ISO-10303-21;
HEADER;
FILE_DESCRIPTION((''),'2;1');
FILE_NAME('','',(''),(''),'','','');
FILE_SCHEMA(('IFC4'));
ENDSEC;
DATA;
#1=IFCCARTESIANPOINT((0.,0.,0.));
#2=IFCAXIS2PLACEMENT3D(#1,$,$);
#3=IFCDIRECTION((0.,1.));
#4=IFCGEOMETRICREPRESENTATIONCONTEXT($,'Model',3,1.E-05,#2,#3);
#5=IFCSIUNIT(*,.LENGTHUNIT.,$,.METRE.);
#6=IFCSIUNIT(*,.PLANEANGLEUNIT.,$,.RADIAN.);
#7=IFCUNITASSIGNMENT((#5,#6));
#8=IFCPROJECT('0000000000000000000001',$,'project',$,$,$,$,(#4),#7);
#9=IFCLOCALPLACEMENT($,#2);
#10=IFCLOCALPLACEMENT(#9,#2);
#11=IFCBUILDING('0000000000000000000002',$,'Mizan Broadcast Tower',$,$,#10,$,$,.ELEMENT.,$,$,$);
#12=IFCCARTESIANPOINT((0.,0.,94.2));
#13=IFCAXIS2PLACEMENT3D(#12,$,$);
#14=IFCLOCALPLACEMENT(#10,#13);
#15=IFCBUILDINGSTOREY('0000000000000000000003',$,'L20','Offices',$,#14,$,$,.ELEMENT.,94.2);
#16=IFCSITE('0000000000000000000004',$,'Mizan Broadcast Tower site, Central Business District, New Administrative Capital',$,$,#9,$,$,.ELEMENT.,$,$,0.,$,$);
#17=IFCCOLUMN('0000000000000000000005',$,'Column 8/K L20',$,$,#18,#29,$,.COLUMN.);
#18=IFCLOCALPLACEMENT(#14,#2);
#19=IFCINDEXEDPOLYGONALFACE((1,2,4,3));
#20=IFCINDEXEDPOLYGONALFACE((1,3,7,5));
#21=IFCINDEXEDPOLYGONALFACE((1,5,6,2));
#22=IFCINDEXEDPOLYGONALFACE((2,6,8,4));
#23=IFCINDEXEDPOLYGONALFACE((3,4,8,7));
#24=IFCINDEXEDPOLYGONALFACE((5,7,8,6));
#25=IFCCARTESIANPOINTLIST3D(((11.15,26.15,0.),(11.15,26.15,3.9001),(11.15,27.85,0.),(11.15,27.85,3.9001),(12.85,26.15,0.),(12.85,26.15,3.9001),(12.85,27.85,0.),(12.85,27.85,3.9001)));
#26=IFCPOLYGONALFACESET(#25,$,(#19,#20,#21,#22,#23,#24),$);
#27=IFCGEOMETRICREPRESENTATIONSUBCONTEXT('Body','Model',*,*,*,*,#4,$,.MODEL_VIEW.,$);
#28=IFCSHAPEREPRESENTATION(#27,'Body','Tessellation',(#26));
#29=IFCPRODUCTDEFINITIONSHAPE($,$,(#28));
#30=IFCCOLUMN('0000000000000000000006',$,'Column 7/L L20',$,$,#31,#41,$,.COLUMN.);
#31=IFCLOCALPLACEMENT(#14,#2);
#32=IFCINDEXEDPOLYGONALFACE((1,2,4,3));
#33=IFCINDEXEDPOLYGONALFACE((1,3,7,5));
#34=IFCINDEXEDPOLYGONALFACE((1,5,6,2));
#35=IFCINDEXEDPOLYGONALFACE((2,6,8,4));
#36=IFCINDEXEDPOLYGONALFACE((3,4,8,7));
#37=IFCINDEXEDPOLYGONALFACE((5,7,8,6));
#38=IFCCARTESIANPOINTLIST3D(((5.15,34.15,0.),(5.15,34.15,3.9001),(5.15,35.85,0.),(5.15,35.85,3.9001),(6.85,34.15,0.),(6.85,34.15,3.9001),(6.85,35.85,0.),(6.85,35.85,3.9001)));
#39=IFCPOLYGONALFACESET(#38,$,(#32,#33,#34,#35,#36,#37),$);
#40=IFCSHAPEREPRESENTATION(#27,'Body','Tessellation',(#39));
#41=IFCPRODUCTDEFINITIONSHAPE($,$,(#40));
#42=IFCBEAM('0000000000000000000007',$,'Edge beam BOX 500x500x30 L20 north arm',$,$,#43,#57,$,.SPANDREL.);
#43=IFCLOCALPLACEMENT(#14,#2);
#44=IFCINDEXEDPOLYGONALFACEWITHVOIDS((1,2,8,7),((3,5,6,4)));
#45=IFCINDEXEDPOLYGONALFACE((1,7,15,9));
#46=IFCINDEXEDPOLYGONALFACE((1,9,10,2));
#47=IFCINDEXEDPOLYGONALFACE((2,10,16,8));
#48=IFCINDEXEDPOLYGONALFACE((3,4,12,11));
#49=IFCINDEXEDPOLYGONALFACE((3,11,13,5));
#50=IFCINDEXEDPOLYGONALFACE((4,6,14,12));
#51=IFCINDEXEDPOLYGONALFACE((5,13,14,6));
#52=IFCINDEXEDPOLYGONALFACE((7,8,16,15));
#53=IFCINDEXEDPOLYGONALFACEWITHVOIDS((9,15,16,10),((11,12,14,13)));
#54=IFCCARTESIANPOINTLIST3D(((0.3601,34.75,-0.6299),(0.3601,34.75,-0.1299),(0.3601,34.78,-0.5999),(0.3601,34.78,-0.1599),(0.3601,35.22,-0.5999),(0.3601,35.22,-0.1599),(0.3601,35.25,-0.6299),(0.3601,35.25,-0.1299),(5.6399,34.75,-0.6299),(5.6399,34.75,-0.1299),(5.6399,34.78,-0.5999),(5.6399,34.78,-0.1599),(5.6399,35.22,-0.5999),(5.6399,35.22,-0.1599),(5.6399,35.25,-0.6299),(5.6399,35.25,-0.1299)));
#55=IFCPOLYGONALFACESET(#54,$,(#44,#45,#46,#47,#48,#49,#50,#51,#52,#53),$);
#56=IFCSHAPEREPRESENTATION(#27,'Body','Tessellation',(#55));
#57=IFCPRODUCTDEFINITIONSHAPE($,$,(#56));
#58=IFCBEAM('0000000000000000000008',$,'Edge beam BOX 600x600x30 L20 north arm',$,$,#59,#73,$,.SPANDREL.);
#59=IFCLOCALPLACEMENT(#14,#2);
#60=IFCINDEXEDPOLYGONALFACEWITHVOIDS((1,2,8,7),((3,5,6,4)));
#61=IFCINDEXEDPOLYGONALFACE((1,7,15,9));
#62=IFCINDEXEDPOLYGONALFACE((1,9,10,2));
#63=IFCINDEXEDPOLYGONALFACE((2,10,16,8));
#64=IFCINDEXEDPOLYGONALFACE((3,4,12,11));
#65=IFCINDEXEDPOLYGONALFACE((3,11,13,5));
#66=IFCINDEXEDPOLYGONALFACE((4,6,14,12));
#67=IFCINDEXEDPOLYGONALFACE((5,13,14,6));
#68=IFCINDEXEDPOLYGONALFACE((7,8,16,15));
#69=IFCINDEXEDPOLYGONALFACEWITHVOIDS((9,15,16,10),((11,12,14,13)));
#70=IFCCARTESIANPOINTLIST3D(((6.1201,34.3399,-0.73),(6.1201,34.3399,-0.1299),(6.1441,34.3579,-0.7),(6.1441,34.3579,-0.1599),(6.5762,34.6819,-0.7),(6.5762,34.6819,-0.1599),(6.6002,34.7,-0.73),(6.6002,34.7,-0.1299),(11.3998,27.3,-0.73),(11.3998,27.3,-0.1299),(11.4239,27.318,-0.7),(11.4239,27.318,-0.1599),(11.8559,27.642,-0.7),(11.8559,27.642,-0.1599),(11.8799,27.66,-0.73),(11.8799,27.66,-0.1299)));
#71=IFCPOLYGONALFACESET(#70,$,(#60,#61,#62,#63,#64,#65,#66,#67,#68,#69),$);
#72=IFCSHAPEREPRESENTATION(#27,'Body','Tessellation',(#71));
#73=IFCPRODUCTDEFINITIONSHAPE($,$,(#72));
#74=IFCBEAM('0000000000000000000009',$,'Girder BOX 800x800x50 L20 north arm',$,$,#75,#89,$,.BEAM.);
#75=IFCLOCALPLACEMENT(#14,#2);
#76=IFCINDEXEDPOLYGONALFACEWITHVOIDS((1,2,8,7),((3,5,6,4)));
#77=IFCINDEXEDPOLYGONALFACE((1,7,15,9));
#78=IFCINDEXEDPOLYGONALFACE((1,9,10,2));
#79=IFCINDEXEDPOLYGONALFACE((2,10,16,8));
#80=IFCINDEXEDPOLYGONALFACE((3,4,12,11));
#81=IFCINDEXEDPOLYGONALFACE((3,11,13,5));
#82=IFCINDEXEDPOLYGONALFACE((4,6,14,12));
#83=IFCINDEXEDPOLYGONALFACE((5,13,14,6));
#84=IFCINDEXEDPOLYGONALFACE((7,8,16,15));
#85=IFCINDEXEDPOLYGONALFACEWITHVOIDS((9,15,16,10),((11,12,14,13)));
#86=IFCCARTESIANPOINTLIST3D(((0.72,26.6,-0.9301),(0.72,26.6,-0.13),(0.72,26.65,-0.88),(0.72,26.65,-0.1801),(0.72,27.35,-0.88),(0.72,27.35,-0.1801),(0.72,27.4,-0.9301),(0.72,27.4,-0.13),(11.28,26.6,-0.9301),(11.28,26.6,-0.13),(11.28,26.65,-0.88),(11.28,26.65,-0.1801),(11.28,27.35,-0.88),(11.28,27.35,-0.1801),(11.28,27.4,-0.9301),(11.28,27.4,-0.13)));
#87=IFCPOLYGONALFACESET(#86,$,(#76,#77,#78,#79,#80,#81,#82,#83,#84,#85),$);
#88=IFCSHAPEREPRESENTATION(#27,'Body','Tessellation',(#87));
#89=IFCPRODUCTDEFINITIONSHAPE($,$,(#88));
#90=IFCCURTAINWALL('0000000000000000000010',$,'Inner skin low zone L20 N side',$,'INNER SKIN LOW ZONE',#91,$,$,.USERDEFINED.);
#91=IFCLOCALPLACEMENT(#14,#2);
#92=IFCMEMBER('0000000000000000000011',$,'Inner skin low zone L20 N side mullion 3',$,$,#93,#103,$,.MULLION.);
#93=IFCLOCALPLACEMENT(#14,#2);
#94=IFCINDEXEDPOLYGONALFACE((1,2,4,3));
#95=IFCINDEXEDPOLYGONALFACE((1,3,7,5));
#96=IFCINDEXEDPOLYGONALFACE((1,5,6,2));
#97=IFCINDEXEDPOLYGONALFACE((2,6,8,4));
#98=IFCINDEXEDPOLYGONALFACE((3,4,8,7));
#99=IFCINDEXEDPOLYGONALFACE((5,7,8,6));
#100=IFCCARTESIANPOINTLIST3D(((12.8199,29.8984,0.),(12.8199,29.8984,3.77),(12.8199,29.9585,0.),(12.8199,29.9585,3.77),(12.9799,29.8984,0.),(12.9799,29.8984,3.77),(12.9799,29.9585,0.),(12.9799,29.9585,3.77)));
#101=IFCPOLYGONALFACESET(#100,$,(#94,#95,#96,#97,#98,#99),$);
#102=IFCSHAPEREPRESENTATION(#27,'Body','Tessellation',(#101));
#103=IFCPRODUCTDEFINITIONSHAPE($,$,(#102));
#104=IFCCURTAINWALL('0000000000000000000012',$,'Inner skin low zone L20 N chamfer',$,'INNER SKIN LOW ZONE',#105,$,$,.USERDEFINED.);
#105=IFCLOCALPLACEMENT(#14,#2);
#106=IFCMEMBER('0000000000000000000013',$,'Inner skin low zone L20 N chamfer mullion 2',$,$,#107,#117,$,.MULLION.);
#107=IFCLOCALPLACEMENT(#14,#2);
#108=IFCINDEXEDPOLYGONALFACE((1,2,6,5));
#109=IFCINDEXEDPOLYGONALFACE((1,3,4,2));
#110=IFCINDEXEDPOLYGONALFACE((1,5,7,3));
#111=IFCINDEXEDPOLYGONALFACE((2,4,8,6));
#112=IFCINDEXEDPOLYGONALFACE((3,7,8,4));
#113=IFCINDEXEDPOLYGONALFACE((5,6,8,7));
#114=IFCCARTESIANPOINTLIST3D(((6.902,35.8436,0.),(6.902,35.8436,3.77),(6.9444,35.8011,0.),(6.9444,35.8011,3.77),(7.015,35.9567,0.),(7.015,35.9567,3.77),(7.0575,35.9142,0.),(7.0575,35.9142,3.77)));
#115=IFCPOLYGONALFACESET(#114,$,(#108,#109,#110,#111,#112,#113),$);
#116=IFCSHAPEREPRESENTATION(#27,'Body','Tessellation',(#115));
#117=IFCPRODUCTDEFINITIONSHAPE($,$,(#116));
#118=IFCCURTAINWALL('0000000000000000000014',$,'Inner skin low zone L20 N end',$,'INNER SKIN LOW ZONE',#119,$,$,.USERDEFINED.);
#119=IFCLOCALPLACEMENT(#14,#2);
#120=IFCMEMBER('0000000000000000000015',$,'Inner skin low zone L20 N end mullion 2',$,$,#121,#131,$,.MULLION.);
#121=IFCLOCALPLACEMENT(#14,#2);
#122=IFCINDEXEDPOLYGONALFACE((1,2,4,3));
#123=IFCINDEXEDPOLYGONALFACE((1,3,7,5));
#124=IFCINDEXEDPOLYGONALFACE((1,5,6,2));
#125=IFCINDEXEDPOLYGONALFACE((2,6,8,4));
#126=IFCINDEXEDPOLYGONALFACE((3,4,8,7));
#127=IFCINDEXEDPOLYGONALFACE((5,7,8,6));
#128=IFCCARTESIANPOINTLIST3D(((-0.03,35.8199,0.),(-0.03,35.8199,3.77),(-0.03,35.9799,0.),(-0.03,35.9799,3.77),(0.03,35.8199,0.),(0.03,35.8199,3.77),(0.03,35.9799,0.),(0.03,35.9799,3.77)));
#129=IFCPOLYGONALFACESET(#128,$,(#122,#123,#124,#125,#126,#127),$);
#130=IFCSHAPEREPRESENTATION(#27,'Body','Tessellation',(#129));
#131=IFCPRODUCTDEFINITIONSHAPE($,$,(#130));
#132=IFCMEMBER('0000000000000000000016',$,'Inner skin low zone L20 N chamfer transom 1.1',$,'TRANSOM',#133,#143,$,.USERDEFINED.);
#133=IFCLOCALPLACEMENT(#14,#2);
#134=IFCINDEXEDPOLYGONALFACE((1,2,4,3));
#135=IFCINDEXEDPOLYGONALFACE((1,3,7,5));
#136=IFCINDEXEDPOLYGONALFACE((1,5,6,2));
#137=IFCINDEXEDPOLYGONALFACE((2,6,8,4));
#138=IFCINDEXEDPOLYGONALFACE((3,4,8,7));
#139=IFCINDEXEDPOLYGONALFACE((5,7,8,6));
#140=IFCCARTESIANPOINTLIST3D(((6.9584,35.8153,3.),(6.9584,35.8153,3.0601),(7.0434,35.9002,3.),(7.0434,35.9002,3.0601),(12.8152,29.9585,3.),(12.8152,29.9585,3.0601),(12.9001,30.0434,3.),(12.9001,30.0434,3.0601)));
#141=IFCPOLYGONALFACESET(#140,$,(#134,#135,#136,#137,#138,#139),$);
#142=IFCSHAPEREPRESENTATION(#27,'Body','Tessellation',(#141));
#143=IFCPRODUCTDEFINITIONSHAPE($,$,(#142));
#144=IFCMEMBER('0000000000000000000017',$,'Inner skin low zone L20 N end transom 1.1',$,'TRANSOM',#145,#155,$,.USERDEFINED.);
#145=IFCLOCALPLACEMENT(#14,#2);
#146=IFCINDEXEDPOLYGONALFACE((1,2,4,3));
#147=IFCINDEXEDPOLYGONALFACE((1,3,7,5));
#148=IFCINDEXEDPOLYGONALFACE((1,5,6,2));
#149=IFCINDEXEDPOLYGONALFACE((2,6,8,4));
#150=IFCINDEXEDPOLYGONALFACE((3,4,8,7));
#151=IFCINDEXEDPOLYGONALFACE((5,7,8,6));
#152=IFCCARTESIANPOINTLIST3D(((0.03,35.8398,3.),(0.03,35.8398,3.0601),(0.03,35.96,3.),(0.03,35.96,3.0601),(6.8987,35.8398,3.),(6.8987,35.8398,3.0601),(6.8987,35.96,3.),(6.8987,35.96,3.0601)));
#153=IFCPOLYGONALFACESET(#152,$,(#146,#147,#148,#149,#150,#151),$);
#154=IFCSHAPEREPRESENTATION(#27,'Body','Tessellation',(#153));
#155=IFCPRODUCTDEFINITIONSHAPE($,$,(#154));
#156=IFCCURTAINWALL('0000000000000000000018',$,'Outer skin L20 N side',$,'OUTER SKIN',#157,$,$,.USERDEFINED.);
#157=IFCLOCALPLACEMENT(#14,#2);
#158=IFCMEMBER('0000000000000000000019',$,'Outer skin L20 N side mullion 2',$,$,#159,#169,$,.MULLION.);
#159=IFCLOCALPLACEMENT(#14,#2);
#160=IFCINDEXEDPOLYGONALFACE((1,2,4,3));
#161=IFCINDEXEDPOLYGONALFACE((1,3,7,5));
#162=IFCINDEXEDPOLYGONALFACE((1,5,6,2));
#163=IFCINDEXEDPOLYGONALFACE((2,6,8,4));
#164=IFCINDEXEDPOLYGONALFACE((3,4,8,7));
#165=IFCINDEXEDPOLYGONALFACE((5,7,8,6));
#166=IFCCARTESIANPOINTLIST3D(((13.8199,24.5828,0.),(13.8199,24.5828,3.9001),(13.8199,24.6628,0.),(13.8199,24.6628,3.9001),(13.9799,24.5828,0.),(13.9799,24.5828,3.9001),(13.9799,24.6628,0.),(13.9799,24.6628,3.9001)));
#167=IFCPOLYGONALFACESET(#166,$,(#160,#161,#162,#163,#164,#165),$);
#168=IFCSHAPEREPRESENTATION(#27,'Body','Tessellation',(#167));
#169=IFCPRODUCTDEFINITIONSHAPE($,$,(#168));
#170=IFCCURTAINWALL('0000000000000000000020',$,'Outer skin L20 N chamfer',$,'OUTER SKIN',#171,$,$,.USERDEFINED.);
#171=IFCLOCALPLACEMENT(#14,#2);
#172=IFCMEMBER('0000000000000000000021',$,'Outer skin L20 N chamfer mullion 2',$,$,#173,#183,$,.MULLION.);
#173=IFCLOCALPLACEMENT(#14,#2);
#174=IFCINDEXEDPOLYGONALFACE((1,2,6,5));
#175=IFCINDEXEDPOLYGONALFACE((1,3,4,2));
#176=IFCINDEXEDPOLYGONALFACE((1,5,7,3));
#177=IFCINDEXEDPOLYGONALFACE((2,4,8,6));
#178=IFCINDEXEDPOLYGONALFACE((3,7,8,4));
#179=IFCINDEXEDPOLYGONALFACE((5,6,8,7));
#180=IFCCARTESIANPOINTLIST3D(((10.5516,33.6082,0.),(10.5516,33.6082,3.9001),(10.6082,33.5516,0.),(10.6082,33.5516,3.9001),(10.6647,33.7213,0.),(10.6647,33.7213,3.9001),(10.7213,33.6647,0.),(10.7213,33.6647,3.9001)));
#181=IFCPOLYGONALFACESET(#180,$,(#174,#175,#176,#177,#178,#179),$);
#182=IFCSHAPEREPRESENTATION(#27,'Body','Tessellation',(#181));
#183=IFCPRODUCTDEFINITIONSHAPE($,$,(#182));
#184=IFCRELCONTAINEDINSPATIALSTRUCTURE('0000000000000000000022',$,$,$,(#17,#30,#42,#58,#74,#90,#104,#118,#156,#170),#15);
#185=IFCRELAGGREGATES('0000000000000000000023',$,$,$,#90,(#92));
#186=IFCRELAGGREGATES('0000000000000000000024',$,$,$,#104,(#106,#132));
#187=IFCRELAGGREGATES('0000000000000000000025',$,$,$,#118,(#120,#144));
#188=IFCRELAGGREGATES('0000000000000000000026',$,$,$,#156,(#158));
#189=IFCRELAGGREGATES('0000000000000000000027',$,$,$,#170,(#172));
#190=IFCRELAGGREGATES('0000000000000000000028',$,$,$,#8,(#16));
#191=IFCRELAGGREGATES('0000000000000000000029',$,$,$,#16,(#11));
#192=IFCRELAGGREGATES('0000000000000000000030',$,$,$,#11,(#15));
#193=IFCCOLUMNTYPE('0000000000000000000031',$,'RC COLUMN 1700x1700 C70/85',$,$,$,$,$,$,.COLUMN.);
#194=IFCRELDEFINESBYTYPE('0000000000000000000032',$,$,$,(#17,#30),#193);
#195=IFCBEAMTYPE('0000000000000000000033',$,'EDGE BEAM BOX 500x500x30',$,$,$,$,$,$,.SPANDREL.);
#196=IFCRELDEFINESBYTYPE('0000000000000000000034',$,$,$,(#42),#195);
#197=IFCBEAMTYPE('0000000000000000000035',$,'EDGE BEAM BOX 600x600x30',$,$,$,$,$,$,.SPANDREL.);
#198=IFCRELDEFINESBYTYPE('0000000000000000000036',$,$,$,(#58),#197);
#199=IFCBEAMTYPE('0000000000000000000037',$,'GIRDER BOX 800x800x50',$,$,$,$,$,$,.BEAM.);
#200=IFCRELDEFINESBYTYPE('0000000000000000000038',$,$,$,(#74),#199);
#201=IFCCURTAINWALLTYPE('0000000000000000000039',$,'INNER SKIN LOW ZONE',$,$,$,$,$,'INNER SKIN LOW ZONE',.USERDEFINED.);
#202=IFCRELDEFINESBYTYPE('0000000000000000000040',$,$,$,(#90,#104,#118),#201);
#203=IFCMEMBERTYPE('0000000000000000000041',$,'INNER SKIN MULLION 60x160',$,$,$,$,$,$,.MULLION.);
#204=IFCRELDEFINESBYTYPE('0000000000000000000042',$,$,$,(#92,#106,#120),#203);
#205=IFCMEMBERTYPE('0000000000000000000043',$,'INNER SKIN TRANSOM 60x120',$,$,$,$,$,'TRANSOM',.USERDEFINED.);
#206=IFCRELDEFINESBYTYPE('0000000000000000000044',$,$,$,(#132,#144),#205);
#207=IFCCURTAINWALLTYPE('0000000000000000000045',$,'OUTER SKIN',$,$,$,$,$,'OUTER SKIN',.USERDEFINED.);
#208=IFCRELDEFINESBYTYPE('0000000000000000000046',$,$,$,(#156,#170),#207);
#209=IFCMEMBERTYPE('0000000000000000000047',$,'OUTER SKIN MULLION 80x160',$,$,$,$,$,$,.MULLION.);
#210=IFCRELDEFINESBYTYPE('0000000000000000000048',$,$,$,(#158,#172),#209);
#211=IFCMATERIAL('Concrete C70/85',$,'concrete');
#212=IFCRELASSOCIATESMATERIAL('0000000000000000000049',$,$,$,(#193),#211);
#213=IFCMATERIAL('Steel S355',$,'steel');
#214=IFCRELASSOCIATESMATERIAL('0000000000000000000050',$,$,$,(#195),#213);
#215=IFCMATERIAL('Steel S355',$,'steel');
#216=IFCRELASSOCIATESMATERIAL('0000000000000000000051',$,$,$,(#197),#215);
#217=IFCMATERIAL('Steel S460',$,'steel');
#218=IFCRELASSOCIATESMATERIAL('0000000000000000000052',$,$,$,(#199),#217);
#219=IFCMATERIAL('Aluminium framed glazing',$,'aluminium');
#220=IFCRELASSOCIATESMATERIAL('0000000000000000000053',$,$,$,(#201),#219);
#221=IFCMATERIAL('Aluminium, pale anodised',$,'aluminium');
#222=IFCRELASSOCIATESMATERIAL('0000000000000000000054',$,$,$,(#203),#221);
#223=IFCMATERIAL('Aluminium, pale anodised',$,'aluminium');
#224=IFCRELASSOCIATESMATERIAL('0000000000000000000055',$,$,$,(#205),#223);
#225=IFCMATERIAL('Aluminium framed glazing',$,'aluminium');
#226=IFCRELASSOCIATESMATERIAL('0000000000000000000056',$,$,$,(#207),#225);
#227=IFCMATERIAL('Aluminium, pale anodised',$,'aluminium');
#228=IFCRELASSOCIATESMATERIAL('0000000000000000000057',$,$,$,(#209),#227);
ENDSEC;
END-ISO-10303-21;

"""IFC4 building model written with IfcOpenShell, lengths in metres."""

from ifc_helpers import new_model, si_unit, direction, frame, origin, origin_2d, place, context, subcontext, project, spatial, rectangle, hollow_rectangle, extrude, material, material_profile, profile_set, type_object, element, aggregate, save


model = new_model("IFC4")

# Units and contexts
model_context = context("Model", 3, precision=1e-05, world=origin(), true_north=direction((0.0, 1.0)))
body_context = subcontext(model_context, "Body", "Model", "MODEL_VIEW")
ifc_project = project(units=[si_unit("LENGTHUNIT", "METRE"), si_unit("PLANEANGLEUNIT", "RADIAN")], contexts=[model_context])

# Site, building, storey
site_placement = place(None, origin())
site = spatial("IfcSite", under=ifc_project, at=site_placement, Name="Mizan Broadcast Tower site, Central Business District, New Administrative Capital", CompositionType="ELEMENT", RefElevation=0.0)
building_placement = place(site_placement, origin())
building = spatial("IfcBuilding", under=site, at=building_placement, Name="Mizan Broadcast Tower", CompositionType="ELEMENT")
storey_placement = place(building_placement, frame((0.0, 0.0, 94.2)))
storey = spatial("IfcBuildingStorey", under=building, at=storey_placement, Name="L20", Description="Offices", CompositionType="ELEMENT", Elevation=94.2)

# Columns
ifc_material_1 = material(Name="Concrete C70/85", Category="concrete")
ifc_material_profile_1 = material_profile(ifc_material_1, rectangle(XDim=1.7, YDim=1.7, at=origin_2d()), Name="RC 1700x1700")
ifc_profile_set_1 = profile_set([ifc_material_profile_1], Name="Concrete C70/85")
column_type = type_object("IfcColumnType", Name="RC COLUMN 1700x1700 C70/85", PredefinedType="COLUMN", material=ifc_profile_set_1)
for number, where, z_axis, x_axis, name in (
    (1, (12.0, 27.0, 0.0), (0.0, 0.0, 1.0), (1.0, 0.0, 0.0), "Column 8/K L20"),
    (2, (6.0, 35.0, 0.0), (0.0, 0.0, 1.0), (1.0, 0.0, 0.0), "Column 7/L L20"),
):
    element("IfcColumn", number, at=place(storey_placement, frame(where, z_axis=z_axis, x_axis=x_axis)), inside=storey, type_object=column_type, Name=name, PredefinedType="COLUMN", context=body_context, shape_type="SweptSolid", body=[
        extrude(rectangle(XDim=1.7, YDim=1.7, at=origin_2d()), origin(), (0.0, 0.0, 1.0), 3.9001),
    ])

# Beams
ifc_material_2 = material(Name="Steel S355", Category="steel")
ifc_material_profile_2 = material_profile(ifc_material_2, hollow_rectangle(XDim=0.5, YDim=0.5, WallThickness=0.03, at=origin_2d()), Name="BOX 500x500x30")
ifc_profile_set_2 = profile_set([ifc_material_profile_2], Name="Steel S355")
beam_type_1 = type_object("IfcBeamType", Name="EDGE BEAM BOX 500x500x30", PredefinedType="SPANDREL", material=ifc_profile_set_2)
beam_1_placement = place(storey_placement, frame((5.6399, 35.0, -0.3799), z_axis=(-1.0, 0.0, 0.0), x_axis=(0.0, -1.0, 0.0)))
element("IfcBeam", 3, at=beam_1_placement, inside=storey, type_object=beam_type_1, Name="Edge beam BOX 500x500x30 L20 north arm", PredefinedType="SPANDREL", context=body_context, shape_type="SweptSolid", body=[
    extrude(hollow_rectangle(XDim=0.5, YDim=0.5, WallThickness=0.03, at=origin_2d()), origin(), (0.0, 0.0, 1.0), 5.2798),
])
ifc_material_3 = material(Name="Steel S355", Category="steel")
ifc_material_profile_3 = material_profile(ifc_material_3, hollow_rectangle(XDim=0.6001, YDim=0.6001, WallThickness=0.03, at=origin_2d()), Name="BOX 600x600x30")
ifc_profile_set_3 = profile_set([ifc_material_profile_3], Name="Steel S355")
beam_type_2 = type_object("IfcBeamType", Name="EDGE BEAM BOX 600x600x30", PredefinedType="SPANDREL", material=ifc_profile_set_3)
beam_2_placement = place(storey_placement, frame((11.6399, 27.48, -0.4299), z_axis=(-0.599982, 0.800013, 0.0), x_axis=(-0.800013, -0.599982, 0.0)))
element("IfcBeam", 4, at=beam_2_placement, inside=storey, type_object=beam_type_2, Name="Edge beam BOX 600x600x30 L20 north arm", PredefinedType="SPANDREL", context=body_context, shape_type="SweptSolid", body=[
    extrude(hollow_rectangle(XDim=0.6001, YDim=0.6001, WallThickness=0.03, at=origin_2d()), origin(), (0.0, 0.0, 1.0), 8.7998),
])
ifc_material_4 = material(Name="Steel S460", Category="steel")
ifc_material_profile_4 = material_profile(ifc_material_4, hollow_rectangle(XDim=0.8, YDim=0.8, WallThickness=0.05, at=origin_2d()), Name="BOX 800x800x50")
ifc_profile_set_4 = profile_set([ifc_material_profile_4], Name="Steel S460")
beam_type_3 = type_object("IfcBeamType", Name="GIRDER BOX 800x800x50", PredefinedType="BEAM", material=ifc_profile_set_4)
beam_3_placement = place(storey_placement, frame((11.28, 27.0, -0.53), z_axis=(-1.0, 0.0, 0.0), x_axis=(0.0, -1.0, 0.0)))
element("IfcBeam", 5, at=beam_3_placement, inside=storey, type_object=beam_type_3, Name="Girder BOX 800x800x50 L20 north arm", PredefinedType="BEAM", context=body_context, shape_type="SweptSolid", body=[
    extrude(hollow_rectangle(XDim=0.8, YDim=0.8, WallThickness=0.05, at=origin_2d()), origin(), (0.0, 0.0, 1.0), 10.5601),
])

# Curtain walls, members
ifc_material_5 = material(Name="Aluminium framed glazing", Category="aluminium")
curtain_wall_type_1 = type_object("IfcCurtainWallType", Name="INNER SKIN LOW ZONE", ElementType="INNER SKIN LOW ZONE", PredefinedType="USERDEFINED", material=ifc_material_5)
curtain_wall_1_placement = place(storey_placement, origin())
curtain_wall_1 = element("IfcCurtainWall", 6, at=curtain_wall_1_placement, inside=storey, type_object=curtain_wall_type_1, Name="Inner skin low zone L20 N side", ObjectType="INNER SKIN LOW ZONE", PredefinedType="USERDEFINED")
ifc_material_6 = material(Name="Aluminium, pale anodised", Category="aluminium")
ifc_material_profile_5 = material_profile(ifc_material_6, rectangle(XDim=0.1599, YDim=0.0601, at=origin_2d()), Name="MULLION 160x60")
ifc_profile_set_5 = profile_set([ifc_material_profile_5], Name="Aluminium, pale anodised")
member_type_1 = type_object("IfcMemberType", Name="INNER SKIN MULLION 60x160", PredefinedType="MULLION", material=ifc_profile_set_5)
member_1_placement = place(storey_placement, frame((12.8999, 29.9285, 0.0), z_axis=(0.0, 0.0, 1.0), x_axis=(-1.0, 0.0, 0.0)))
member_1 = element("IfcMember", 7, at=member_1_placement, type_object=member_type_1, Name="Inner skin low zone L20 N side mullion 3", PredefinedType="MULLION", context=body_context, shape_type="SweptSolid", body=[
    extrude(rectangle(XDim=0.1599, YDim=0.0601, at=origin_2d()), origin(), (0.0, 0.0, 1.0), 3.77),
])
curtain_wall_2_placement = place(storey_placement, origin())
curtain_wall_2 = element("IfcCurtainWall", 8, at=curtain_wall_2_placement, inside=storey, type_object=curtain_wall_type_1, Name="Inner skin low zone L20 N chamfer", ObjectType="INNER SKIN LOW ZONE", PredefinedType="USERDEFINED")
member_2_placement = place(storey_placement, frame((6.9797, 35.8789, 0.0), z_axis=(0.0, 0.0, 1.0), x_axis=(-0.707107, -0.707107, 0.0)))
member_2 = element("IfcMember", 9, at=member_2_placement, type_object=member_type_1, Name="Inner skin low zone L20 N chamfer mullion 2", PredefinedType="MULLION", context=body_context, shape_type="SweptSolid", body=[
    extrude(rectangle(XDim=0.1599, YDim=0.0601, at=origin_2d()), origin(), (0.0, 0.0, 1.0), 3.77),
])
curtain_wall_3_placement = place(storey_placement, origin())
curtain_wall_3 = element("IfcCurtainWall", 10, at=curtain_wall_3_placement, inside=storey, type_object=curtain_wall_type_1, Name="Inner skin low zone L20 N end", ObjectType="INNER SKIN LOW ZONE", PredefinedType="USERDEFINED")
member_3_placement = place(storey_placement, frame((0.0, 35.8999, 0.0), z_axis=(0.0, 0.0, 1.0), x_axis=(0.0, -1.0, 0.0)))
member_3 = element("IfcMember", 11, at=member_3_placement, type_object=member_type_1, Name="Inner skin low zone L20 N end mullion 2", PredefinedType="MULLION", context=body_context, shape_type="SweptSolid", body=[
    extrude(rectangle(XDim=0.1599, YDim=0.0601, at=origin_2d()), origin(), (0.0, 0.0, 1.0), 3.77),
])

# Members
ifc_material_7 = material(Name="Aluminium, pale anodised", Category="aluminium")
ifc_material_profile_6 = material_profile(ifc_material_7, rectangle(XDim=0.1201, YDim=0.0601, at=origin_2d()), Name="TRANSOM 120x60")
ifc_profile_set_6 = profile_set([ifc_material_profile_6], Name="Aluminium, pale anodised")
member_type_2 = type_object("IfcMemberType", Name="INNER SKIN TRANSOM 60x120", ElementType="TRANSOM", PredefinedType="USERDEFINED", material=ifc_profile_set_6)
member_4_placement = place(storey_placement, frame((12.8577, 30.001, 3.03), z_axis=(-0.707107, 0.707107, 0.0), x_axis=(-0.707107, -0.707107, 0.0)))
member_4 = element("IfcMember", 12, at=member_4_placement, type_object=member_type_2, Name="Inner skin low zone L20 N chamfer transom 1.1", ObjectType="TRANSOM", PredefinedType="USERDEFINED", context=body_context, shape_type="SweptSolid", body=[
    extrude(rectangle(XDim=0.1201, YDim=0.0601, at=origin_2d()), origin(), (0.0, 0.0, 1.0), 8.2827),
])
member_5_placement = place(storey_placement, frame((6.8987, 35.8999, 3.03), z_axis=(-1.0, 0.0, 0.0), x_axis=(0.0, -1.0, 0.0)))
member_5 = element("IfcMember", 13, at=member_5_placement, type_object=member_type_2, Name="Inner skin low zone L20 N end transom 1.1", ObjectType="TRANSOM", PredefinedType="USERDEFINED", context=body_context, shape_type="SweptSolid", body=[
    extrude(rectangle(XDim=0.1201, YDim=0.0601, at=origin_2d()), origin(), (0.0, 0.0, 1.0), 6.8687),
])

# Curtain wall, member
ifc_material_8 = material(Name="Aluminium framed glazing", Category="aluminium")
curtain_wall_type_2 = type_object("IfcCurtainWallType", Name="OUTER SKIN", ElementType="OUTER SKIN", PredefinedType="USERDEFINED", material=ifc_material_8)
curtain_wall_4_placement = place(storey_placement, origin())
curtain_wall_4 = element("IfcCurtainWall", 14, at=curtain_wall_4_placement, inside=storey, type_object=curtain_wall_type_2, Name="Outer skin L20 N side", ObjectType="OUTER SKIN", PredefinedType="USERDEFINED")
ifc_material_9 = material(Name="Aluminium, pale anodised", Category="aluminium")
ifc_material_profile_7 = material_profile(ifc_material_9, rectangle(XDim=0.1599, YDim=0.0801, at=origin_2d()), Name="MULLION 160x80")
ifc_profile_set_7 = profile_set([ifc_material_profile_7], Name="Aluminium, pale anodised")
member_type_3 = type_object("IfcMemberType", Name="OUTER SKIN MULLION 80x160", PredefinedType="MULLION", material=ifc_profile_set_7)
member_6_placement = place(storey_placement, frame((13.8999, 24.6228, 0.0), z_axis=(0.0, 0.0, 1.0), x_axis=(-1.0, 0.0, 0.0)))
member_6 = element("IfcMember", 15, at=member_6_placement, type_object=member_type_3, Name="Outer skin L20 N side mullion 2", PredefinedType="MULLION", context=body_context, shape_type="SweptSolid", body=[
    extrude(rectangle(XDim=0.1599, YDim=0.0801, at=origin_2d()), origin(), (0.0, 0.0, 1.0), 3.9001),
])

# Curtain wall, member
curtain_wall_5_placement = place(storey_placement, origin())
curtain_wall_5 = element("IfcCurtainWall", 16, at=curtain_wall_5_placement, inside=storey, type_object=curtain_wall_type_2, Name="Outer skin L20 N chamfer", ObjectType="OUTER SKIN", PredefinedType="USERDEFINED")
member_7_placement = place(storey_placement, frame((10.6365, 33.6365, 0.0), z_axis=(0.0, 0.0, 1.0), x_axis=(-0.707107, -0.707107, 0.0)))
member_7 = element("IfcMember", 17, at=member_7_placement, type_object=member_type_3, Name="Outer skin L20 N chamfer mullion 2", PredefinedType="MULLION", context=body_context, shape_type="SweptSolid", body=[
    extrude(rectangle(XDim=0.1599, YDim=0.0801, at=origin_2d()), origin(), (0.0, 0.0, 1.0), 3.9001),
])

aggregate(curtain_wall_1, [member_1])
aggregate(curtain_wall_2, [member_2, member_4])
aggregate(curtain_wall_3, [member_3, member_5])
aggregate(curtain_wall_4, [member_6])
aggregate(curtain_wall_5, [member_7])

save(model, "model.ifc")
